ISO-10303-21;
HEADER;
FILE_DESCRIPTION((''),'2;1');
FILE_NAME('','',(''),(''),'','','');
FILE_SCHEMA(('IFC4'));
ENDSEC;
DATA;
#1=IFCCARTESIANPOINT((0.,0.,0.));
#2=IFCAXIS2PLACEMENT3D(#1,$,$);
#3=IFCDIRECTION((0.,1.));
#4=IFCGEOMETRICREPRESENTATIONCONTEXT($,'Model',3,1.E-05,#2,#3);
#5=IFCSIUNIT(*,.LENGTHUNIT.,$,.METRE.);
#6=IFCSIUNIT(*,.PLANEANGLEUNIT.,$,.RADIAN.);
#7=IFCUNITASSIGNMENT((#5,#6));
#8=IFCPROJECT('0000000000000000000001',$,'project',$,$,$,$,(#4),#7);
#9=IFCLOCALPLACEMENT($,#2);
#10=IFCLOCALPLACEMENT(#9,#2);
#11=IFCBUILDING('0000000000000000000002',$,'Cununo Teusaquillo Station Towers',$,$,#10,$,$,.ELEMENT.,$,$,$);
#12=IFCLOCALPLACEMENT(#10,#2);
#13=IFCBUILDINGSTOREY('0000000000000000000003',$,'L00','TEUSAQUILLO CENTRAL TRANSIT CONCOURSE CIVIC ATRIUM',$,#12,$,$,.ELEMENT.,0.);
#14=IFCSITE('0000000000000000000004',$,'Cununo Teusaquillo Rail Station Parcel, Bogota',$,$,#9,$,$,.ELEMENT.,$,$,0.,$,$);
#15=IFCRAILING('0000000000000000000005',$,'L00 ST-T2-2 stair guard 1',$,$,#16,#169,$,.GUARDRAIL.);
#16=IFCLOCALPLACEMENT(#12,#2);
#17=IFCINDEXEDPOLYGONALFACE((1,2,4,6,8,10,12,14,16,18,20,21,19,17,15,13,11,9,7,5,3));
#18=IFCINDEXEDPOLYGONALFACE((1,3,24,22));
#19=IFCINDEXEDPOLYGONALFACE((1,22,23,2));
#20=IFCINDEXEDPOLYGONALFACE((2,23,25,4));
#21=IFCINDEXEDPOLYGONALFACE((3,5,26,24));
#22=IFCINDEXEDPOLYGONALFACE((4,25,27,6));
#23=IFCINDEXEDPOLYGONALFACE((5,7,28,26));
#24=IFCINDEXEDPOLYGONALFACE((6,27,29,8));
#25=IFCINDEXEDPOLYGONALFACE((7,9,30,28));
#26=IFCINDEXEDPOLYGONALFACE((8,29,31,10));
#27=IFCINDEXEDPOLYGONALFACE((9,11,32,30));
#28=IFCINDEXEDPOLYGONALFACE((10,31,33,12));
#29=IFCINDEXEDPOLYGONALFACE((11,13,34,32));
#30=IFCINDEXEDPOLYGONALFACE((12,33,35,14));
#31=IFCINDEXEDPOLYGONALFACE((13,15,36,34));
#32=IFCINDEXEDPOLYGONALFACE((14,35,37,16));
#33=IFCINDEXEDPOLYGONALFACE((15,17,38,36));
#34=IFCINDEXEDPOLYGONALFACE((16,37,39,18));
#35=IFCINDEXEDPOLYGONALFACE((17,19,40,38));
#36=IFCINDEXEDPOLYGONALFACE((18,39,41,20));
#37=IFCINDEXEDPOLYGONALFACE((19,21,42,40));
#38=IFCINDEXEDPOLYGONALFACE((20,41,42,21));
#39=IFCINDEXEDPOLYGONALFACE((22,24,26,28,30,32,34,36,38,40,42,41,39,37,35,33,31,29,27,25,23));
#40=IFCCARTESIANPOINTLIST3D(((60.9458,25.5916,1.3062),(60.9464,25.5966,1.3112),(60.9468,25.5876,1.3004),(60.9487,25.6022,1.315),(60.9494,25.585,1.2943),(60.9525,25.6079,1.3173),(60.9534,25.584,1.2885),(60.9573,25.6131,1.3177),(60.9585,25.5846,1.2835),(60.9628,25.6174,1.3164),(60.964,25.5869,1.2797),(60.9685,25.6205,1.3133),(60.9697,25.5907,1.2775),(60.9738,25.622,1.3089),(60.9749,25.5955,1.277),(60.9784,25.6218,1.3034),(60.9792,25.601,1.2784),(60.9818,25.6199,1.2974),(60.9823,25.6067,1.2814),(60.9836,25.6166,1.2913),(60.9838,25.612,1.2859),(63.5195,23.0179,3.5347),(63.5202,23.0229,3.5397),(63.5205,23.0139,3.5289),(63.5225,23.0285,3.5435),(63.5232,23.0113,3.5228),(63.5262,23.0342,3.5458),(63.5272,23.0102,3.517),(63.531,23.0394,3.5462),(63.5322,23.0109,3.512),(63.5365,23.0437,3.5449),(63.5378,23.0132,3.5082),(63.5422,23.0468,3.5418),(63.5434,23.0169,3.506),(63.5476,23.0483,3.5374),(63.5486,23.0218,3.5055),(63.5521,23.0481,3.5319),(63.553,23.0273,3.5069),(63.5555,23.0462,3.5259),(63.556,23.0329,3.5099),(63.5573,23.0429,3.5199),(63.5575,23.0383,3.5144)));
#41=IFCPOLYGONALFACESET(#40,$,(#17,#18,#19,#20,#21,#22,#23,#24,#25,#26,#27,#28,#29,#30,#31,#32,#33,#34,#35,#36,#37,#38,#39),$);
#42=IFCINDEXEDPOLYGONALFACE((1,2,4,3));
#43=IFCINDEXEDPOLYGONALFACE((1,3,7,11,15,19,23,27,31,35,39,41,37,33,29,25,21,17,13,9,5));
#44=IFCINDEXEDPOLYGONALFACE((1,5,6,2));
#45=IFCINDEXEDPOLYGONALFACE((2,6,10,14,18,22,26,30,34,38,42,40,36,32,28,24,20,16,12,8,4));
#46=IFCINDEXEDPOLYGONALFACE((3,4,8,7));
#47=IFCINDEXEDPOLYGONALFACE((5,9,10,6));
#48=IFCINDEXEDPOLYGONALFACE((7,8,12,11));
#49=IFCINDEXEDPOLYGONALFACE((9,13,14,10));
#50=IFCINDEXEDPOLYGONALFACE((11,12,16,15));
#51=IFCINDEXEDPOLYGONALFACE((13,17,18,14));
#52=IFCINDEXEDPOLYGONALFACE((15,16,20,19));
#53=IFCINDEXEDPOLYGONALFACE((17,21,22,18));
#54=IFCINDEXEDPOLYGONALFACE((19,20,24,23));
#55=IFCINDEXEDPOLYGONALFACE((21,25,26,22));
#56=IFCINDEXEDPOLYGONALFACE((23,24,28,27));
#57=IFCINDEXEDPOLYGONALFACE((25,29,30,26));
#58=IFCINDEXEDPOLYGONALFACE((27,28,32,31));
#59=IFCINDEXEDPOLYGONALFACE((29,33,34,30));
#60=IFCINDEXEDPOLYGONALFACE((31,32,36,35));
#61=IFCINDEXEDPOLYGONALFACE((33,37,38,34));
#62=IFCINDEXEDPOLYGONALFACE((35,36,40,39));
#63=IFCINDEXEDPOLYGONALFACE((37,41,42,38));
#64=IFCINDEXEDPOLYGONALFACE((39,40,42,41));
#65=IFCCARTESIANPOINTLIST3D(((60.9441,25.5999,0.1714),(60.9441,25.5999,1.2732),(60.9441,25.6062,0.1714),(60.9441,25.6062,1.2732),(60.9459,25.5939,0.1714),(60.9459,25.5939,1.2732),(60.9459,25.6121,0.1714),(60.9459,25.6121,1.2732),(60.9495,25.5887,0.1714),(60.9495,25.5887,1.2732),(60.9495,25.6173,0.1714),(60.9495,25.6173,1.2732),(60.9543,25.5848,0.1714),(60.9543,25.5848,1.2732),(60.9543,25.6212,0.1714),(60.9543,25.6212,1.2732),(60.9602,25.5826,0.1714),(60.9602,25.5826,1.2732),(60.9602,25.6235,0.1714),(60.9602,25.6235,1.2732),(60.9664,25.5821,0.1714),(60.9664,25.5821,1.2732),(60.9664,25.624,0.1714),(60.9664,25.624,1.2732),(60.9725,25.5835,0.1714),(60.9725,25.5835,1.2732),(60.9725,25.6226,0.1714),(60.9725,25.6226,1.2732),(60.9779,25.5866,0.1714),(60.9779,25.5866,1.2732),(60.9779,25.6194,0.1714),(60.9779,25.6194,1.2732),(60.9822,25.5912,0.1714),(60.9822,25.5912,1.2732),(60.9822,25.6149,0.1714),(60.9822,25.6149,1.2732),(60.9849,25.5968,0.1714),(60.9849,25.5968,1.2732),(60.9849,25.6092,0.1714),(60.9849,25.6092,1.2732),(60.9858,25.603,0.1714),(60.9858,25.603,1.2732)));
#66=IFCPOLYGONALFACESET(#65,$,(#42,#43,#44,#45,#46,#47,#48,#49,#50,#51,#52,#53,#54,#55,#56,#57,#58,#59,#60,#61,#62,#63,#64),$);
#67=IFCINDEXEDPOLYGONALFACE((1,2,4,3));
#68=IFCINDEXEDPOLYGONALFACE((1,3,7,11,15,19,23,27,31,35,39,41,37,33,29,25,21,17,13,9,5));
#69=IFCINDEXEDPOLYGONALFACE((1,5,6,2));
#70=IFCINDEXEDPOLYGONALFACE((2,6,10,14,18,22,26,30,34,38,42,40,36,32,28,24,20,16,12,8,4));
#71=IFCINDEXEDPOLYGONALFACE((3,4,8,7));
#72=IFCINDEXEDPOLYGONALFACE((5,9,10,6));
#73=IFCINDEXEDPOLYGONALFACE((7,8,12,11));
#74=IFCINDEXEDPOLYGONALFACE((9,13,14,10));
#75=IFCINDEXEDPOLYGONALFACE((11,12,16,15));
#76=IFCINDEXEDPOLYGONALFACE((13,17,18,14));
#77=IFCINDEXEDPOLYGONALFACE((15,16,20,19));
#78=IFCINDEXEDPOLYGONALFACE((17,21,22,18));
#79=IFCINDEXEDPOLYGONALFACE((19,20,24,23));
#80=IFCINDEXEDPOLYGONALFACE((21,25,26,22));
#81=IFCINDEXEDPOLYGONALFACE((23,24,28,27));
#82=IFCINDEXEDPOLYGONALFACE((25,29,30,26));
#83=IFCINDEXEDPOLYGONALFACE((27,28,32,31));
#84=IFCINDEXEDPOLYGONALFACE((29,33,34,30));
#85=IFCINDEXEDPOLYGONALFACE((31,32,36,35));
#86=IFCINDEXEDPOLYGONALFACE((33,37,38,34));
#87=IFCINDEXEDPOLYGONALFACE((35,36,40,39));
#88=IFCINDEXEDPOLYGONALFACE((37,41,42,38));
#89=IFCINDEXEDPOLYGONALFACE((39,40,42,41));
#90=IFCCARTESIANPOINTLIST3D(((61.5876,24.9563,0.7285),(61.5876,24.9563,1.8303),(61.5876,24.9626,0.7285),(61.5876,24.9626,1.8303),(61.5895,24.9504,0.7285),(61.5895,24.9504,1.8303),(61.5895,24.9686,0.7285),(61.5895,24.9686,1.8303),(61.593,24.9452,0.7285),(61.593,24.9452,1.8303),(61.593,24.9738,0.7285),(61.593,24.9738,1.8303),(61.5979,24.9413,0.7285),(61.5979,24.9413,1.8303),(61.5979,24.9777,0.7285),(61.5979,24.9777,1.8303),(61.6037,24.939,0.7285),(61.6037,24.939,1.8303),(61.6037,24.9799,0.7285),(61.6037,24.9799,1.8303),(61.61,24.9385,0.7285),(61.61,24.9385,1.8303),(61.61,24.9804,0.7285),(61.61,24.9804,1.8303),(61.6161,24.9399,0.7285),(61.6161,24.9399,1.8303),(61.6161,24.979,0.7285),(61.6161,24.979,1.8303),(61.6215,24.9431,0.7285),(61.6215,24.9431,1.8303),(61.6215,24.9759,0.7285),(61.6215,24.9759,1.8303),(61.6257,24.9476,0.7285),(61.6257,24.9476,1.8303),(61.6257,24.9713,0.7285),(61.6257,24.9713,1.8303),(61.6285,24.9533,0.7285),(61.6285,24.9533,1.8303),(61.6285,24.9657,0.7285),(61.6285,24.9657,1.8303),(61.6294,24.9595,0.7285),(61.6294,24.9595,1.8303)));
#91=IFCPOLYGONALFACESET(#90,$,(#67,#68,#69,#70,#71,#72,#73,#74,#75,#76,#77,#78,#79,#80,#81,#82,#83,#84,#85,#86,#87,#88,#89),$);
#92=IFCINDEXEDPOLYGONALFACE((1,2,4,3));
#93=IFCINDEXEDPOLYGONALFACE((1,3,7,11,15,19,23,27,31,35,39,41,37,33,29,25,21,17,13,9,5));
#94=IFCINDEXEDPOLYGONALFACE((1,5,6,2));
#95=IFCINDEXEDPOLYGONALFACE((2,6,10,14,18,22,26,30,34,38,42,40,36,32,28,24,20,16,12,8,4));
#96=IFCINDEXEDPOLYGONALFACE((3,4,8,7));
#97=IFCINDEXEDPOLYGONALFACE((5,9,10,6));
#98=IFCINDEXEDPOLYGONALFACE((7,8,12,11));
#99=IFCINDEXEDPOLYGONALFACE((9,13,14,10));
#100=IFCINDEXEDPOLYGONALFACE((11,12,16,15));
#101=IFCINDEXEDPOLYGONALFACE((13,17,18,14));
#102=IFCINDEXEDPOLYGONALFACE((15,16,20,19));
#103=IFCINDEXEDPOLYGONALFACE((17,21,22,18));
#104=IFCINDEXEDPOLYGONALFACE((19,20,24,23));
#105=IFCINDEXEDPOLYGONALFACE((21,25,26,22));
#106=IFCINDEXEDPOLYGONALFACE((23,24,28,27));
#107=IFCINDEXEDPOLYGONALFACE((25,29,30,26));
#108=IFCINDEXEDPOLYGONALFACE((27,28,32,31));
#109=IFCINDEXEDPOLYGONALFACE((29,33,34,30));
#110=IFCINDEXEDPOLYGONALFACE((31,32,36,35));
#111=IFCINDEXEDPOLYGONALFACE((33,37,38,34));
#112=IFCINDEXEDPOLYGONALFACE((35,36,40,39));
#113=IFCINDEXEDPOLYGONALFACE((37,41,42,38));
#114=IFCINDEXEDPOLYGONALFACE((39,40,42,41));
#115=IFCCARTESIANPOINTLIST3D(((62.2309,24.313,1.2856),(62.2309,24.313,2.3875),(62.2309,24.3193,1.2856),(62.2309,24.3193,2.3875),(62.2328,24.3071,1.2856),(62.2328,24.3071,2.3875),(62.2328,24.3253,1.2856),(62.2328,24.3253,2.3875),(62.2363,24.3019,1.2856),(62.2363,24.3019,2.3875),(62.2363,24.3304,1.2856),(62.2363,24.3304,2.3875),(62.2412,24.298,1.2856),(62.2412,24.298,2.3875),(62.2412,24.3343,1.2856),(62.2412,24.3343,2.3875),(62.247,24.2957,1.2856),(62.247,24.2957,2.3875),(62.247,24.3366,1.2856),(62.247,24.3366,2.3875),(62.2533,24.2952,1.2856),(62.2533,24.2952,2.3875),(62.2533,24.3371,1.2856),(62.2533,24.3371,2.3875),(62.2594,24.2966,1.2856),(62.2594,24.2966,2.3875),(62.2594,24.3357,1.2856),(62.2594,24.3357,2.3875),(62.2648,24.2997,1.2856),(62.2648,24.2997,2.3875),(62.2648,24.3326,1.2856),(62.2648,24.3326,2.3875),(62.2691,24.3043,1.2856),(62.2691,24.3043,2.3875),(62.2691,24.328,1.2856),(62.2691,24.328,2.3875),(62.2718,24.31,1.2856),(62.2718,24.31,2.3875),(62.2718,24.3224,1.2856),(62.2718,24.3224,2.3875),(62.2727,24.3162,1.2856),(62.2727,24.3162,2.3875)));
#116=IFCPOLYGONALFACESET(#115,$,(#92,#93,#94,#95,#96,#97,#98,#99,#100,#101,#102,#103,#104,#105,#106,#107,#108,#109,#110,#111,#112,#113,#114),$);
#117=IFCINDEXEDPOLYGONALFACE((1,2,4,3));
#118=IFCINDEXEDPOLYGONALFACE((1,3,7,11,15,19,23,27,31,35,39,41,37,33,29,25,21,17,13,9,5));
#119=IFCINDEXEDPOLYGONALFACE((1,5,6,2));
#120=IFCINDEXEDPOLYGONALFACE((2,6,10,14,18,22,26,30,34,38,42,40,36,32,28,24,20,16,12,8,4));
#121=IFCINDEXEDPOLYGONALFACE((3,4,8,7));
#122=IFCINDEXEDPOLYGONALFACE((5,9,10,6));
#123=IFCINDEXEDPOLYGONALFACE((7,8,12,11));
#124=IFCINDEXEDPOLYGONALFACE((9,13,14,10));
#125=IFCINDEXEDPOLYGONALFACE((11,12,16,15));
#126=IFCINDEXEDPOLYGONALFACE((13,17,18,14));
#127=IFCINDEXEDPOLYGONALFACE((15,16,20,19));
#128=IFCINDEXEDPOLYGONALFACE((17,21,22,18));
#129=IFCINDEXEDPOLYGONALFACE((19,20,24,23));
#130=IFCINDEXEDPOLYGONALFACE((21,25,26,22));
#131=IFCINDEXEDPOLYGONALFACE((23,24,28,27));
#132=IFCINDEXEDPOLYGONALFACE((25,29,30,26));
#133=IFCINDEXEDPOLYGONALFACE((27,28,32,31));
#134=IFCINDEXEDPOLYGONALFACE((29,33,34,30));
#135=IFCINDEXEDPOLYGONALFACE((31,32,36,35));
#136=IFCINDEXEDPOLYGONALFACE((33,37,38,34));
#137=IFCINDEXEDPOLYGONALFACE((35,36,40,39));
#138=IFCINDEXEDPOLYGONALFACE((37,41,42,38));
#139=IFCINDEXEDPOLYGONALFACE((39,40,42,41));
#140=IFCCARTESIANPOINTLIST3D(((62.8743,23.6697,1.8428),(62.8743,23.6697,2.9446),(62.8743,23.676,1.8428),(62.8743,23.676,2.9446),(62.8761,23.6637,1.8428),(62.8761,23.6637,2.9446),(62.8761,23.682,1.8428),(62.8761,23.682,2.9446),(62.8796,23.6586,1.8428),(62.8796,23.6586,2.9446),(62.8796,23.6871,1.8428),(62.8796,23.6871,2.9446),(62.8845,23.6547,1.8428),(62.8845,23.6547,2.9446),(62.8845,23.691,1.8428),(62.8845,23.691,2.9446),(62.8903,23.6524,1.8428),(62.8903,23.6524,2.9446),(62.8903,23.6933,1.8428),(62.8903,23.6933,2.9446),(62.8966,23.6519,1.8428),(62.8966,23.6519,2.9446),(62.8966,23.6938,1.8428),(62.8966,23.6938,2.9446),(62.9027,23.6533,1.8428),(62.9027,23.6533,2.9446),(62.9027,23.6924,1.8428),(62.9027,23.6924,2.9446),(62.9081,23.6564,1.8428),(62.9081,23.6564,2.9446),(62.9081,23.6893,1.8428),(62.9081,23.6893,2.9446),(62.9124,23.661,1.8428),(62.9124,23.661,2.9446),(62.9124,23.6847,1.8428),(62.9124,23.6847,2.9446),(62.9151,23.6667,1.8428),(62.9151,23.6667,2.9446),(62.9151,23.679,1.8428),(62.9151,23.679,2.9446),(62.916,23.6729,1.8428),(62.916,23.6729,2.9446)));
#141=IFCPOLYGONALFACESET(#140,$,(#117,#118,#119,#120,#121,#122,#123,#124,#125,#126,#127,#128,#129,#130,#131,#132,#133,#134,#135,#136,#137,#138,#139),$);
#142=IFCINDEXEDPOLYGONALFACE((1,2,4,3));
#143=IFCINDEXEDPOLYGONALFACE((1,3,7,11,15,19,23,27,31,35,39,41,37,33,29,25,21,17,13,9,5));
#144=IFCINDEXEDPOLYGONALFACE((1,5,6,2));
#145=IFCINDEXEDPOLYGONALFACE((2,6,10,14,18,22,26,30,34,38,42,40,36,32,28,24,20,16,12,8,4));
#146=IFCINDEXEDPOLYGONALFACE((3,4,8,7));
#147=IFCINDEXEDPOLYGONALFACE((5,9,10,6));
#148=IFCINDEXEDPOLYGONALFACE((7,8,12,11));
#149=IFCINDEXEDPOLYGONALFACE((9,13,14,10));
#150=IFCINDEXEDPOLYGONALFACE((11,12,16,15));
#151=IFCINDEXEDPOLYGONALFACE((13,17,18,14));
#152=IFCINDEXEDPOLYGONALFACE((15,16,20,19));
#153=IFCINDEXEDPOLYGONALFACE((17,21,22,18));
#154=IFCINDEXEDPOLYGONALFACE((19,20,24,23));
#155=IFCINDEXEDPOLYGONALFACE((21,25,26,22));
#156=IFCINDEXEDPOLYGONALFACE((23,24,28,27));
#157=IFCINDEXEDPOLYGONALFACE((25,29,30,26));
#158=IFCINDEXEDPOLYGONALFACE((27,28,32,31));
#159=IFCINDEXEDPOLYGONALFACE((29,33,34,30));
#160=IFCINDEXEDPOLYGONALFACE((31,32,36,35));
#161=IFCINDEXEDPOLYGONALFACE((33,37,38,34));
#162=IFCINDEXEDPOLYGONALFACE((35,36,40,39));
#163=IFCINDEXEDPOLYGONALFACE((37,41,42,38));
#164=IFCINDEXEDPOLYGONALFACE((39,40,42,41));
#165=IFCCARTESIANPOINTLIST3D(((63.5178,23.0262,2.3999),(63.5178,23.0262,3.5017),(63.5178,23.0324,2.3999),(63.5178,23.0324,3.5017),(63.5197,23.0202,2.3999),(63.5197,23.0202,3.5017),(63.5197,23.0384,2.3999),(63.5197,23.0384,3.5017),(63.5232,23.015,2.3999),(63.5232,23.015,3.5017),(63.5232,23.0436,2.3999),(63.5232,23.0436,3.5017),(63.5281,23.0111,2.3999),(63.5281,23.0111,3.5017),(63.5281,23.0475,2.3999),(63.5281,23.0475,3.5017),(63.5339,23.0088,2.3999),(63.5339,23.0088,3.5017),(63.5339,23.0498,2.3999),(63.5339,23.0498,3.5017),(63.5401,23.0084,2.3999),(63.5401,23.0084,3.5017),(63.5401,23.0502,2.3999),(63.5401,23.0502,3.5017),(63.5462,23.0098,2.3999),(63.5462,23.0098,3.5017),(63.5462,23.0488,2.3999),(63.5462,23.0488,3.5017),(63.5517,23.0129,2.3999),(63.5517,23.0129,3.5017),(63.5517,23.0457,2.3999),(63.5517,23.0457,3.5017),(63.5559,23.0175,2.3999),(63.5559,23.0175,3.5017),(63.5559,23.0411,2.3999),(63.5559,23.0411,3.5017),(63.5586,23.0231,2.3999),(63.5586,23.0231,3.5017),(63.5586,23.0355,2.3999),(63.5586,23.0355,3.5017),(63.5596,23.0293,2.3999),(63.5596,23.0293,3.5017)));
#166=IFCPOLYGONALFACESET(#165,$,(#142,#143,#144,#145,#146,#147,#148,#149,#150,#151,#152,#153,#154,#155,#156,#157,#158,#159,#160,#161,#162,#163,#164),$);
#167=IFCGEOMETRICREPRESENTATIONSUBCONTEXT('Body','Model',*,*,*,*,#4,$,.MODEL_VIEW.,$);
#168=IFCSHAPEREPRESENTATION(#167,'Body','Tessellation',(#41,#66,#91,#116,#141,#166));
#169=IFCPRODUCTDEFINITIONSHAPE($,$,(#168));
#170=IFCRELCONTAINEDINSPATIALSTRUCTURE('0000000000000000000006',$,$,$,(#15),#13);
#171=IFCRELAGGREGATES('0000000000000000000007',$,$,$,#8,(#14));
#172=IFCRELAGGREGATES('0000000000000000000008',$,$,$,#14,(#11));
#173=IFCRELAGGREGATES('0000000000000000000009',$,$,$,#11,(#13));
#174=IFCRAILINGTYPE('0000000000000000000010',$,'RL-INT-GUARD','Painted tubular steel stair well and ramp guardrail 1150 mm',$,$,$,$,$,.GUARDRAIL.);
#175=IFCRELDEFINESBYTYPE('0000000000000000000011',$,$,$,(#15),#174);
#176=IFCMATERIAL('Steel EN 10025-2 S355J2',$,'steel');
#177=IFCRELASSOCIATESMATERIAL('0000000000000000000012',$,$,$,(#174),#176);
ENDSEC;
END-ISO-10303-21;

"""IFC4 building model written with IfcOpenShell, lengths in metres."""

from ifc_helpers import new_model, si_unit, direction, frame, origin, origin_2d, place, context, subcontext, project, spatial, circle, extrude, material, type_object, element, save


model = new_model("IFC4")

# Units and contexts
model_context = context("Model", 3, precision=1e-05, world=origin(), true_north=direction((0.0, 1.0)))
body_context = subcontext(model_context, "Body", "Model", "MODEL_VIEW")
ifc_project = project(units=[si_unit("LENGTHUNIT", "METRE"), si_unit("PLANEANGLEUNIT", "RADIAN")], contexts=[model_context])

# Site, building, storey
site_placement = place(None, origin())
site = spatial("IfcSite", under=ifc_project, at=site_placement, Name="Cununo Teusaquillo Rail Station Parcel, Bogota", CompositionType="ELEMENT", RefElevation=0.0)
building_placement = place(site_placement, origin())
building = spatial("IfcBuilding", under=site, at=building_placement, Name="Cununo Teusaquillo Station Towers", CompositionType="ELEMENT")
storey_placement = place(building_placement, origin())
storey = spatial("IfcBuildingStorey", under=building, at=storey_placement, Name="L00", Description="TEUSAQUILLO CENTRAL TRANSIT CONCOURSE CIVIC ATRIUM", CompositionType="ELEMENT", Elevation=0.0)

# Railing
ifc_material_1 = material(Name="Steel EN 10025-2 S355J2", Category="steel")
railing_type_1 = type_object("IfcRailingType", Name="RL-INT-GUARD", Description="Painted tubular steel stair well and ramp guardrail 1150 mm", PredefinedType="GUARDRAIL", material=ifc_material_1)
railing_1_placement = place(storey_placement, frame((60.9648, 25.603, 0.1714)))
element("IfcRailing", 1, at=railing_1_placement, inside=storey, type_object=railing_type_1, Name="L00 ST-T2-2 stair guard 1", PredefinedType="GUARDRAIL", context=body_context, shape_type="SweptSolid", body=[
    extrude(circle(Radius=0.0239, at=origin_2d()), frame((0.0, 0.0, 1.126), z_axis=(0.603052, -0.603052, 0.522165), x_axis=(0.707107, 0.707107, 0.0)), (0.0, 0.0, 1.0), 4.2678),
    extrude(circle(Radius=0.021, at=origin_2d()), origin(), (0.0, 0.0, 1.0), 1.1018),
    extrude(circle(Radius=0.021, at=origin_2d()), frame((0.6436, -0.6436, 0.5571)), (0.0, 0.0, 1.0), 1.1018),
    extrude(circle(Radius=0.021, at=origin_2d()), frame((1.2869, -1.2869, 1.1143)), (0.0, 0.0, 1.0), 1.1018),
    extrude(circle(Radius=0.021, at=origin_2d()), frame((1.9302, -1.9302, 1.6714)), (0.0, 0.0, 1.0), 1.1018),
    extrude(circle(Radius=0.021, at=origin_2d()), frame((2.5737, -2.5737, 2.2285)), (0.0, 0.0, 1.0), 1.1018),
])

save(model, "model.ifc")
